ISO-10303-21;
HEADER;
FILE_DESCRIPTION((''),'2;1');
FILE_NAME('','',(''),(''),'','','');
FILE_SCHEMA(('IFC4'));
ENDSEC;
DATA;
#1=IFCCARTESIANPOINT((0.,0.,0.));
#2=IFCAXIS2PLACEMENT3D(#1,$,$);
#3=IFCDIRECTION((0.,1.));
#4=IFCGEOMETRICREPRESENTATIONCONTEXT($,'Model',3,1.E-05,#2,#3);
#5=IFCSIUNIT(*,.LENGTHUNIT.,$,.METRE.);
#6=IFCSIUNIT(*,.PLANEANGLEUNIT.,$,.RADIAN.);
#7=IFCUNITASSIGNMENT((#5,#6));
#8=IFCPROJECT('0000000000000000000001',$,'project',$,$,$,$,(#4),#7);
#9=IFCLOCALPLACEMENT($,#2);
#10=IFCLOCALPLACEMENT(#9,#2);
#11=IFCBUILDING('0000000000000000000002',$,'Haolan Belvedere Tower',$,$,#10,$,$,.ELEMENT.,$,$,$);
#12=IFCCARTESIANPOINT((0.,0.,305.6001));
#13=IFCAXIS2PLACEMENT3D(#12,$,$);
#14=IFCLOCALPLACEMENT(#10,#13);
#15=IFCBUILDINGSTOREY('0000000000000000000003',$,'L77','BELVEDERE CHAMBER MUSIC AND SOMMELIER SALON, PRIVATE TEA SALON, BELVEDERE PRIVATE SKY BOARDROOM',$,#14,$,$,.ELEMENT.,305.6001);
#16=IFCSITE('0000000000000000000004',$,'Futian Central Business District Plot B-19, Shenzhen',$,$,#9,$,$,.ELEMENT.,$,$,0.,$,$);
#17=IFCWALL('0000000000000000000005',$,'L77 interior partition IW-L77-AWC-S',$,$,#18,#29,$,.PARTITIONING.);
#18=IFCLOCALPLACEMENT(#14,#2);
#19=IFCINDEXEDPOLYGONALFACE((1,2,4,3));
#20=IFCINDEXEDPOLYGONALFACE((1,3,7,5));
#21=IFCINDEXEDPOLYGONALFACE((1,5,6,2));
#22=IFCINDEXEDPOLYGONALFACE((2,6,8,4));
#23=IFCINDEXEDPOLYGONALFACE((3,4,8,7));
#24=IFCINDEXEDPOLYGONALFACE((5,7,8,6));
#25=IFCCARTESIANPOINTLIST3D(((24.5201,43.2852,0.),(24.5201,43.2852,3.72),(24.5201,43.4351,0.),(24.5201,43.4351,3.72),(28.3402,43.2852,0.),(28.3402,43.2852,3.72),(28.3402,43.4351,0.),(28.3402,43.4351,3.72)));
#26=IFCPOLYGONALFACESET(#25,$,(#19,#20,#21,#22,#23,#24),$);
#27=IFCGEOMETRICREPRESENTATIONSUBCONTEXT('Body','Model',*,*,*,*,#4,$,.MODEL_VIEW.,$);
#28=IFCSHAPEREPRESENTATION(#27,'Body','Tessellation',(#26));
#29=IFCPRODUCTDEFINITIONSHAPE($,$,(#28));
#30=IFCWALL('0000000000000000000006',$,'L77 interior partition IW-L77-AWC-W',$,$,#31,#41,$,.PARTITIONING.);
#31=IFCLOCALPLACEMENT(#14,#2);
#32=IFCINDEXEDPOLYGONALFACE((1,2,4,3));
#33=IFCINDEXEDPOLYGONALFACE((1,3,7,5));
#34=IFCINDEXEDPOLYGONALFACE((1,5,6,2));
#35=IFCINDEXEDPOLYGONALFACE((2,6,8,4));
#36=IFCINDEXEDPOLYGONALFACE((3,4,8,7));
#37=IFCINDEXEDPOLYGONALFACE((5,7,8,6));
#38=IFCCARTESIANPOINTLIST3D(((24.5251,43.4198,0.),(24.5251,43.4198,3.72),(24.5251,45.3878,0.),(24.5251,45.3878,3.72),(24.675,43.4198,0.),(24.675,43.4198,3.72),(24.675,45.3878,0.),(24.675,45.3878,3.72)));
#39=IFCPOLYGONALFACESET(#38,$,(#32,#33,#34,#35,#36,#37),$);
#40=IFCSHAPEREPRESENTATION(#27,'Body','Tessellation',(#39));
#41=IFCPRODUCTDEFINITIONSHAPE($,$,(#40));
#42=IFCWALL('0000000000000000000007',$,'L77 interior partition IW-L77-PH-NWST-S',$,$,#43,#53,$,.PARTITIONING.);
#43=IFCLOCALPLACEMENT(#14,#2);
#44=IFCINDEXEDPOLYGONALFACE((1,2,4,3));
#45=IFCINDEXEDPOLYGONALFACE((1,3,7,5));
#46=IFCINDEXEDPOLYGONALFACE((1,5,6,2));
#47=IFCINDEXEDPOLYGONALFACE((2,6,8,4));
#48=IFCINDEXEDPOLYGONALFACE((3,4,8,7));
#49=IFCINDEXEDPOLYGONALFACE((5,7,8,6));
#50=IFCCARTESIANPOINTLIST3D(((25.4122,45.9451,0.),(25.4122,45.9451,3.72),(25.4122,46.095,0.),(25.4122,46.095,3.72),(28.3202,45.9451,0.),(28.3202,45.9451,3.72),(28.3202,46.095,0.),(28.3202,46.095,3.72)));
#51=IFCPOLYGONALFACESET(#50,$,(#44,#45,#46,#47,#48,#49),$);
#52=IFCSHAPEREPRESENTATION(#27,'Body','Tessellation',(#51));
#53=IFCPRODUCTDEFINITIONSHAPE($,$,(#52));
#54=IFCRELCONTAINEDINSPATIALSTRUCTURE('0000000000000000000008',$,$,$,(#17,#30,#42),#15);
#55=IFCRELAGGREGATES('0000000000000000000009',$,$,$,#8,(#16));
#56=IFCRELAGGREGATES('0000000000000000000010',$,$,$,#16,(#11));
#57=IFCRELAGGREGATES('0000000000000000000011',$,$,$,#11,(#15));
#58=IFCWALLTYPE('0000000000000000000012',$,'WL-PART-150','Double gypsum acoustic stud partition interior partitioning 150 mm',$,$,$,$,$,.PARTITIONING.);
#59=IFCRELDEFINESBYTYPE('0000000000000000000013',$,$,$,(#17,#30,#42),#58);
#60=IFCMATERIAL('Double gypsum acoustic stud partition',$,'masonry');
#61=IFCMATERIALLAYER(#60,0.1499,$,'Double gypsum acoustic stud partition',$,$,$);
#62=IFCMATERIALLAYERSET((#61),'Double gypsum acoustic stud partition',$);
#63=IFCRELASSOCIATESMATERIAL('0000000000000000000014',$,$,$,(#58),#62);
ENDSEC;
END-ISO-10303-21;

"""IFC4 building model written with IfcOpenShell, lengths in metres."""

from ifc_helpers import new_model, si_unit, direction, frame, frame_2d, origin, place, context, subcontext, project, spatial, rectangle, extrude, material, layer, layer_set, type_object, element, save


model = new_model("IFC4")

# Units and contexts
model_context = context("Model", 3, precision=1e-05, world=origin(), true_north=direction((0.0, 1.0)))
body_context = subcontext(model_context, "Body", "Model", "MODEL_VIEW")
ifc_project = project(units=[si_unit("LENGTHUNIT", "METRE"), si_unit("PLANEANGLEUNIT", "RADIAN")], contexts=[model_context])

# Site, building, storey
site_placement = place(None, origin())
site = spatial("IfcSite", under=ifc_project, at=site_placement, Name="Futian Central Business District Plot B-19, Shenzhen", CompositionType="ELEMENT", RefElevation=0.0)
building_placement = place(site_placement, origin())
building = spatial("IfcBuilding", under=site, at=building_placement, Name="Haolan Belvedere Tower", CompositionType="ELEMENT")
storey_placement = place(building_placement, frame((0.0, 0.0, 305.6001)))
storey = spatial("IfcBuildingStorey", under=building, at=storey_placement, Name="L77", Description="BELVEDERE CHAMBER MUSIC AND SOMMELIER SALON, PRIVATE TEA SALON, BELVEDERE PRIVATE SKY BOARDROOM", CompositionType="ELEMENT", Elevation=305.6001)

# Walls
ifc_material_1 = material(Name="Double gypsum acoustic stud partition", Category="masonry")
ifc_layer_1 = layer(ifc_material_1, 0.1499, Name="Double gypsum acoustic stud partition")
ifc_layer_set_1 = layer_set([ifc_layer_1], Name="Double gypsum acoustic stud partition")
wall_type_1 = type_object("IfcWallType", Name="WL-PART-150", Description="Double gypsum acoustic stud partition interior partitioning 150 mm", PredefinedType="PARTITIONING", material=ifc_layer_set_1)
wall_1_placement = place(storey_placement, frame((24.52, 43.3601, 0.0), z_axis=(0.0, 0.0, 1.0), x_axis=(1.0, 0.0, 0.0)))
element("IfcWall", 1, at=wall_1_placement, inside=storey, type_object=wall_type_1, Name="L77 interior partition IW-L77-AWC-S", PredefinedType="PARTITIONING", context=body_context, shape_type="SweptSolid", body=[
    extrude(rectangle(XDim=3.8201, YDim=0.1499, at=frame_2d((1.9102, 0.0))), origin(), (0.0, 0.0, 1.0), 3.72),
])
wall_2_placement = place(storey_placement, frame((24.6001, 43.4199, 0.0), z_axis=(0.0, 0.0, 1.0), x_axis=(0.0, 1.0, 0.0)))
element("IfcWall", 2, at=wall_2_placement, inside=storey, type_object=wall_type_1, Name="L77 interior partition IW-L77-AWC-W", PredefinedType="PARTITIONING", context=body_context, shape_type="SweptSolid", body=[
    extrude(rectangle(XDim=1.968, YDim=0.1499, at=frame_2d((0.9839, 0.0))), origin(), (0.0, 0.0, 1.0), 3.72),
])
wall_3_placement = place(storey_placement, frame((25.4121, 46.02, 0.0), z_axis=(0.0, 0.0, 1.0), x_axis=(1.0, 0.0, 0.0)))
element("IfcWall", 3, at=wall_3_placement, inside=storey, type_object=wall_type_1, Name="L77 interior partition IW-L77-PH-NWST-S", PredefinedType="PARTITIONING", context=body_context, shape_type="SweptSolid", body=[
    extrude(rectangle(XDim=2.908, YDim=0.1499, at=frame_2d((1.4541, 0.0))), origin(), (0.0, 0.0, 1.0), 3.72),
])

save(model, "model.ifc")
